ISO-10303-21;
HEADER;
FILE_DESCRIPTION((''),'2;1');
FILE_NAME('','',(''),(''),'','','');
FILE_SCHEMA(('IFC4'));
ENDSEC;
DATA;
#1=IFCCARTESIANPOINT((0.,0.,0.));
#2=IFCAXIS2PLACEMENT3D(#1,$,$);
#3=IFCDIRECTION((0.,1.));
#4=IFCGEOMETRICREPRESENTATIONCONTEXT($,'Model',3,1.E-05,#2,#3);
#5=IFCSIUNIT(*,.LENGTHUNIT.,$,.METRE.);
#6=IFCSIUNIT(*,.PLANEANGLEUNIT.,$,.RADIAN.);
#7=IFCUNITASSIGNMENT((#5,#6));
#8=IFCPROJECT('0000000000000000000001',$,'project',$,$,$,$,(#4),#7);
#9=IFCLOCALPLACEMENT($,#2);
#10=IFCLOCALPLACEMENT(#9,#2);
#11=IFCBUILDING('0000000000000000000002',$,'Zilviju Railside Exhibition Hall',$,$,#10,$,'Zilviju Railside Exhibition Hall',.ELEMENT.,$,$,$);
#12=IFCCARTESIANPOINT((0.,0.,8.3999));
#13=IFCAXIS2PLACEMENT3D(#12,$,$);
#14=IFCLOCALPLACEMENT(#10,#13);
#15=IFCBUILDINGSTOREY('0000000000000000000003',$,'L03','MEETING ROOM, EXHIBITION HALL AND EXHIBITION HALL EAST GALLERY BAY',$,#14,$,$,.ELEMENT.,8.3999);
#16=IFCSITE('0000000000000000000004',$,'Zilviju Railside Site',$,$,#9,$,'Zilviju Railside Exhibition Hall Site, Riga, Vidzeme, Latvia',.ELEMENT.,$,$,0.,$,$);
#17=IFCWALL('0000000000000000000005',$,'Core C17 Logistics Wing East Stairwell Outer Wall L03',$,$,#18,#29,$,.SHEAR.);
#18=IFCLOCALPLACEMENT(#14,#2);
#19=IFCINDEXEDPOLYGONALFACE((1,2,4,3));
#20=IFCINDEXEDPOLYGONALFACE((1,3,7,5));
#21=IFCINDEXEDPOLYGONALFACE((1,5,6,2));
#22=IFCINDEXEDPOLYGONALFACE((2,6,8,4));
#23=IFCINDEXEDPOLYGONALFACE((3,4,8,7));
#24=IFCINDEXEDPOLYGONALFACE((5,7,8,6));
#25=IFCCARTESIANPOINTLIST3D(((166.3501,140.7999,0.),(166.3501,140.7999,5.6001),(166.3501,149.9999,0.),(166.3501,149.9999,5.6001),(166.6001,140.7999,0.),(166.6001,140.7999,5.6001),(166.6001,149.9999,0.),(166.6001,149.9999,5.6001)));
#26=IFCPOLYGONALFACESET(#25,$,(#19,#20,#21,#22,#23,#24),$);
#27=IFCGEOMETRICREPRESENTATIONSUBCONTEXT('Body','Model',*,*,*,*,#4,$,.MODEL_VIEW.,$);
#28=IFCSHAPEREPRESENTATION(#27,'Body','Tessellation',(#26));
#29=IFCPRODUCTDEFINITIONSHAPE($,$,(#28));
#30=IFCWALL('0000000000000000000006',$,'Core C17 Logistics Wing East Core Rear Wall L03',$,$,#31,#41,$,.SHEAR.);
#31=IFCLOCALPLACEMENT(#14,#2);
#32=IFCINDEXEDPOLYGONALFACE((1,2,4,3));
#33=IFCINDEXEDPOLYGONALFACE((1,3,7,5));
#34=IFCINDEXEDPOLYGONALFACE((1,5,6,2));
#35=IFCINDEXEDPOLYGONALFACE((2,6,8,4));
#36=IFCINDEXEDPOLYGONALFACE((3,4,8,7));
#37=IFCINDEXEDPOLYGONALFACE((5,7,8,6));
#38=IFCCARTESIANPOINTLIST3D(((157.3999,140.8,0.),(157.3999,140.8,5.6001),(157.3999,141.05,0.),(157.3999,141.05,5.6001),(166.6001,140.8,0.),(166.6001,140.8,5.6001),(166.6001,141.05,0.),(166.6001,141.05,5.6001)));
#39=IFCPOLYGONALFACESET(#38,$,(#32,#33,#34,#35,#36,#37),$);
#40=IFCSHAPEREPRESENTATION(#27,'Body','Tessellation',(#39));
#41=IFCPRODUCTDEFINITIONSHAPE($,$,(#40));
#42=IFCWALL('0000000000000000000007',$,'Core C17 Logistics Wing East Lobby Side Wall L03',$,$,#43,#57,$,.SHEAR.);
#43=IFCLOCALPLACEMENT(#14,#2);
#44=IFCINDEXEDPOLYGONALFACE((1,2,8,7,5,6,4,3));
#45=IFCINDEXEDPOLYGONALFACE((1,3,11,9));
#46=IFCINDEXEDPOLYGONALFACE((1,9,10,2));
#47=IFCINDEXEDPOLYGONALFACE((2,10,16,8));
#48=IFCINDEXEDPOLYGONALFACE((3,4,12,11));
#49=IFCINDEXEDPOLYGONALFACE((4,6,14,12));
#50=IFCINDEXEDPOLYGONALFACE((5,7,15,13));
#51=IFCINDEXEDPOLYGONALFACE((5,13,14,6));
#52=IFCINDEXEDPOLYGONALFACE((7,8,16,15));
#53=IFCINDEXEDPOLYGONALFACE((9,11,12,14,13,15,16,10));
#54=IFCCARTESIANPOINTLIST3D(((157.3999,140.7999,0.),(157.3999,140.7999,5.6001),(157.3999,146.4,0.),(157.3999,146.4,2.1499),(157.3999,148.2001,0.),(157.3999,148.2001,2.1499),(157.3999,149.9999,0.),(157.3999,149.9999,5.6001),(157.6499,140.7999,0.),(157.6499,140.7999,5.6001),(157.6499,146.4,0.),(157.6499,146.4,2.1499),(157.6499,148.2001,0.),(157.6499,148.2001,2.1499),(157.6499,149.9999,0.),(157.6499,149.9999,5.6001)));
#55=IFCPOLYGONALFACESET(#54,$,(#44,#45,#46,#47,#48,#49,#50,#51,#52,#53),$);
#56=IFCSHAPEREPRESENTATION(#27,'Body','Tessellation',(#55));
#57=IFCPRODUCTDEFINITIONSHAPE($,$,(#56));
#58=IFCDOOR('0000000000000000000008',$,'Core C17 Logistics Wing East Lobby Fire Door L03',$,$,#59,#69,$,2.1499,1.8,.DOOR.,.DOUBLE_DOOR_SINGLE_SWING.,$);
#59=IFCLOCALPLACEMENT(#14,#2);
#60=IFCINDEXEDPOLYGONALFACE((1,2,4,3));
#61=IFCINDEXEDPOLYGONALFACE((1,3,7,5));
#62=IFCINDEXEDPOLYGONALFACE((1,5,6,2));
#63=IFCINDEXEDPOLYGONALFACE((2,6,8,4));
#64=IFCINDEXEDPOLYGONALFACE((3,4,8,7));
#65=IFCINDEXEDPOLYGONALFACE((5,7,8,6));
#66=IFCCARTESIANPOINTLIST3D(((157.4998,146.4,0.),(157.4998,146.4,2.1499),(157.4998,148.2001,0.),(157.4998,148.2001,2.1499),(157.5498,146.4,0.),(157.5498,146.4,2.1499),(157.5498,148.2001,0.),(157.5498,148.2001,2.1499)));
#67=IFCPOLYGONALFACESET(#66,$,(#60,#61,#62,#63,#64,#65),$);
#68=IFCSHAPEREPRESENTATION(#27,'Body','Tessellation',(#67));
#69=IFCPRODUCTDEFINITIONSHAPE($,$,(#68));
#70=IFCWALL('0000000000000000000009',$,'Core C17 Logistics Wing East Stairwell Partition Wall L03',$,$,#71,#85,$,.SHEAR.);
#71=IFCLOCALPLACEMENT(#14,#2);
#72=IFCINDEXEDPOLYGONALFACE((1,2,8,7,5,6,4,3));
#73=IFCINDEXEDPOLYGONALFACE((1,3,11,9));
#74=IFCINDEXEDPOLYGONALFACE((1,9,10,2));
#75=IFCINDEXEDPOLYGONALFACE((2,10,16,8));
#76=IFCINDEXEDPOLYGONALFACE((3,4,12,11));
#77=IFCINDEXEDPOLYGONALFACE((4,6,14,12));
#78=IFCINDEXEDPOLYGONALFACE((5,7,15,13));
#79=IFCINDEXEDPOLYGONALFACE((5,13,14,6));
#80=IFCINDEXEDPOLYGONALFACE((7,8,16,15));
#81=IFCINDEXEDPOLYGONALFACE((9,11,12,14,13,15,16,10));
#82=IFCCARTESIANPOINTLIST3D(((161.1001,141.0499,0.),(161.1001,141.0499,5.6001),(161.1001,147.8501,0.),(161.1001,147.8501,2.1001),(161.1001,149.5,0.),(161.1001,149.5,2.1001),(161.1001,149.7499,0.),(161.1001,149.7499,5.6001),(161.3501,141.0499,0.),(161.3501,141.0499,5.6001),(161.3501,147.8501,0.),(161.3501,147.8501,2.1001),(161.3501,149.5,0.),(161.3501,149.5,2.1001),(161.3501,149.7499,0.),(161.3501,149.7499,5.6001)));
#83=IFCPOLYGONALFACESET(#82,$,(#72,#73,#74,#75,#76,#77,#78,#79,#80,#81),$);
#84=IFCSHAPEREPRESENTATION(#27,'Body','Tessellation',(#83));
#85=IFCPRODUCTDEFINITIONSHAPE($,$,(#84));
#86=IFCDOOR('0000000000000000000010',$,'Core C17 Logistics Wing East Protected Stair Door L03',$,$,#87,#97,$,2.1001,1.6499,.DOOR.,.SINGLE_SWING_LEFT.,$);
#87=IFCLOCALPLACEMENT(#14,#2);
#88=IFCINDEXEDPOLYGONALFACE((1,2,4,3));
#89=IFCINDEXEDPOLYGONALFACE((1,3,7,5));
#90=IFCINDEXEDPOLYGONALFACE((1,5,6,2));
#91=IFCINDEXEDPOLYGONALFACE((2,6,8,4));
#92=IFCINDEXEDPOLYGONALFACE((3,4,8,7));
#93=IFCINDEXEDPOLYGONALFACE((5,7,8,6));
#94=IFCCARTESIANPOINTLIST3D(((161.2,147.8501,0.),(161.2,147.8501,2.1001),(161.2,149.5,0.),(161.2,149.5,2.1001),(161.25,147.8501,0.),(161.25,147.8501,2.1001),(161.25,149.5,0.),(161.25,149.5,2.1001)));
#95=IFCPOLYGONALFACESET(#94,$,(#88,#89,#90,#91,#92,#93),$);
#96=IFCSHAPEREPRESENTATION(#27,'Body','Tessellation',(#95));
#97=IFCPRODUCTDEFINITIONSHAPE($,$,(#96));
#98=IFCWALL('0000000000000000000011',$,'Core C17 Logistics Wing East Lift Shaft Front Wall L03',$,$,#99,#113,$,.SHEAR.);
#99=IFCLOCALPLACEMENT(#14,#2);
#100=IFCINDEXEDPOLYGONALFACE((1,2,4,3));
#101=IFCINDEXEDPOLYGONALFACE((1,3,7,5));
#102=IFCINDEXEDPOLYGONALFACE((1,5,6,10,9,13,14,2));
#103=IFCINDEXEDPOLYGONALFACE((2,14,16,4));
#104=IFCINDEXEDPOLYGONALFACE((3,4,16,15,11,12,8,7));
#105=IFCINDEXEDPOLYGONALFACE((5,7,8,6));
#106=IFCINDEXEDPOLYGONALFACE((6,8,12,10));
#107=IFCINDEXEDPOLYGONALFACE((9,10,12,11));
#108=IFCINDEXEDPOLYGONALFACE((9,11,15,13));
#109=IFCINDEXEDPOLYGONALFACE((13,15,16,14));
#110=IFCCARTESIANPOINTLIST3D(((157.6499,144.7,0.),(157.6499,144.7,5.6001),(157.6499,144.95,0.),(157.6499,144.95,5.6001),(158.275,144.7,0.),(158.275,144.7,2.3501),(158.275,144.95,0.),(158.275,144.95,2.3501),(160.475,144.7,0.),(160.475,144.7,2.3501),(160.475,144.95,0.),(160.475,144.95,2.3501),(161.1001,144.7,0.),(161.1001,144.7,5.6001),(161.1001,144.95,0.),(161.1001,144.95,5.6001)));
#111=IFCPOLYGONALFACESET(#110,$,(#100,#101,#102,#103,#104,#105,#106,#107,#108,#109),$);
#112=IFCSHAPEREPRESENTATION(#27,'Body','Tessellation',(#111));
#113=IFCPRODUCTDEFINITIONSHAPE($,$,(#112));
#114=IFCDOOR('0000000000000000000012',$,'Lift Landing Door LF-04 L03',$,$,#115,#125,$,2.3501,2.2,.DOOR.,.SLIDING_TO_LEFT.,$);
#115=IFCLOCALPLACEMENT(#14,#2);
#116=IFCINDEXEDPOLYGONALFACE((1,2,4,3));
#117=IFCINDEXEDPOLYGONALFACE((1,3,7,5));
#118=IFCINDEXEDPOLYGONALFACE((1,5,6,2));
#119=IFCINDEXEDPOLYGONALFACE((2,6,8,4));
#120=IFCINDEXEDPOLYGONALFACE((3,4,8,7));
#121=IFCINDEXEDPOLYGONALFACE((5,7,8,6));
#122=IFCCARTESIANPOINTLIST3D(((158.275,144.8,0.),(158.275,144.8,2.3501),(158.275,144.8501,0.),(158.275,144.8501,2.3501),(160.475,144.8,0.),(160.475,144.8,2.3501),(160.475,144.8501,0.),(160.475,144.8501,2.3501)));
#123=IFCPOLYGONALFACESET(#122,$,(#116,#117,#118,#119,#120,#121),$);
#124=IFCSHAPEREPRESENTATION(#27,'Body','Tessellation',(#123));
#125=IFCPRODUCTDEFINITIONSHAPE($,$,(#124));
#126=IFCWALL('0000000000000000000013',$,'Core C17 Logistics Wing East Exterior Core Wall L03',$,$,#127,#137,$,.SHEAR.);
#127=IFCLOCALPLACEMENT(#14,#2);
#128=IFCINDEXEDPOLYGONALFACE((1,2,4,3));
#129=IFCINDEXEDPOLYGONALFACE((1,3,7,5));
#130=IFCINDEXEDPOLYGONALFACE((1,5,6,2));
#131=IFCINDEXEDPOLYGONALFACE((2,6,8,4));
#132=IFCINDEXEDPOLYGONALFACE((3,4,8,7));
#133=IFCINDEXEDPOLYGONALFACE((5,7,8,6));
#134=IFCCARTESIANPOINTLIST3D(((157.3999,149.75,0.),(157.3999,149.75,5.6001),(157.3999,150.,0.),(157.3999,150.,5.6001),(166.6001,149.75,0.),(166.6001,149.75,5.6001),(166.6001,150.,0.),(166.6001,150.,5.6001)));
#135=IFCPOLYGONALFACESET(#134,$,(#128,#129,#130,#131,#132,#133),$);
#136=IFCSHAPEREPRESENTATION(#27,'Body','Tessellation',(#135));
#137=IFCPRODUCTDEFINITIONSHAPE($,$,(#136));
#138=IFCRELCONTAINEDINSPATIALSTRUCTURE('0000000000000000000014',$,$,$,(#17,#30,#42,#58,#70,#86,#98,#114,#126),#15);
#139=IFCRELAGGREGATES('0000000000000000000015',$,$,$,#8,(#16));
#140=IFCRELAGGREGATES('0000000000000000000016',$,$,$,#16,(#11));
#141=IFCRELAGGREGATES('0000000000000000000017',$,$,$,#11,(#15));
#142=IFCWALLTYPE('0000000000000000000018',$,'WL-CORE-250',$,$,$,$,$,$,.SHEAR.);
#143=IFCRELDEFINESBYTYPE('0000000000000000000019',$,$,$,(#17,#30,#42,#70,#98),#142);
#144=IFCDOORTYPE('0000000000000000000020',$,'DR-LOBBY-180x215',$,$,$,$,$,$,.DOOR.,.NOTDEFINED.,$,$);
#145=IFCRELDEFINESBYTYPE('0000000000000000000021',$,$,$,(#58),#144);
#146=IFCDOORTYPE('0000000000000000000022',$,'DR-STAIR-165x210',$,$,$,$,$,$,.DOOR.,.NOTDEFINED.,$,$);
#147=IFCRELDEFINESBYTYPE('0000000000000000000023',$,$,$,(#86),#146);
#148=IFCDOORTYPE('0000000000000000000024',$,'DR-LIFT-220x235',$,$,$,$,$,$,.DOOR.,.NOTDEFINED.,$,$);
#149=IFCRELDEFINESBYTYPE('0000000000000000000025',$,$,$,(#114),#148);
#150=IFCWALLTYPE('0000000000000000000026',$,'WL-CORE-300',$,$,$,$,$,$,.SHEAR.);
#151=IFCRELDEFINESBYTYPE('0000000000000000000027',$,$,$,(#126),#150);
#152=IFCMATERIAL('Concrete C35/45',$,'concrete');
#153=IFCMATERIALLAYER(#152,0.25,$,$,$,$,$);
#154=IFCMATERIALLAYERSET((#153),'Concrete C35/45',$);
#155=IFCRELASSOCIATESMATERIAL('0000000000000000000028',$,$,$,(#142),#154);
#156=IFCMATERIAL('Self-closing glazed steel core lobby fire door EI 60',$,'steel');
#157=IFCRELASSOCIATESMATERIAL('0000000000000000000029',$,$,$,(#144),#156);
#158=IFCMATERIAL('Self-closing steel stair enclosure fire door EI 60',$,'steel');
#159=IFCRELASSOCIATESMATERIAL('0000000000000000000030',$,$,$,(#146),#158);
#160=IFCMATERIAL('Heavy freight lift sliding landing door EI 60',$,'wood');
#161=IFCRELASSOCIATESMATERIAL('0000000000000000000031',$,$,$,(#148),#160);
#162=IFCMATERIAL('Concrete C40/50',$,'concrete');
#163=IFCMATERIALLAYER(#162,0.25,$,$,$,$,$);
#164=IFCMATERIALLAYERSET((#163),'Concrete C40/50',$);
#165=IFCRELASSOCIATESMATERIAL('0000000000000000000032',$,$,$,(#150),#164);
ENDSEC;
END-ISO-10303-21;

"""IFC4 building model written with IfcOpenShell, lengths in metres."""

from ifc_helpers import new_model, si_unit, direction, frame, frame_2d, origin, place, context, subcontext, project, spatial, rectangle, extrude, material, layer, layer_set, type_object, element, fill, save


model = new_model("IFC4")

# Units and contexts
model_context = context("Model", 3, precision=1e-05, world=origin(), true_north=direction((0.0, 1.0)))
body_context = subcontext(model_context, "Body", "Model", "MODEL_VIEW")
ifc_project = project(units=[si_unit("LENGTHUNIT", "METRE"), si_unit("PLANEANGLEUNIT", "RADIAN")], contexts=[model_context])

# Site, building, storey
site_placement = place(None, origin())
site = spatial("IfcSite", under=ifc_project, at=site_placement, Name="Zilviju Railside Site", LongName="Zilviju Railside Exhibition Hall Site, Riga, Vidzeme, Latvia", CompositionType="ELEMENT", RefElevation=0.0)
building_placement = place(site_placement, origin())
building = spatial("IfcBuilding", under=site, at=building_placement, Name="Zilviju Railside Exhibition Hall", LongName="Zilviju Railside Exhibition Hall", CompositionType="ELEMENT")
storey_placement = place(building_placement, frame((0.0, 0.0, 8.3999)))
storey = spatial("IfcBuildingStorey", under=building, at=storey_placement, Name="L03", Description="MEETING ROOM, EXHIBITION HALL AND EXHIBITION HALL EAST GALLERY BAY", CompositionType="ELEMENT", Elevation=8.3999)

# Walls
ifc_material_1 = material(Name="Concrete C35/45", Category="concrete")
ifc_layer_1 = layer(ifc_material_1, 0.25)
ifc_layer_set_1 = layer_set([ifc_layer_1], Name="Concrete C35/45")
wall_type_1 = type_object("IfcWallType", Name="WL-CORE-250", PredefinedType="SHEAR", material=ifc_layer_set_1)
wall_1_placement = place(storey_placement, frame((166.4751, 150.0, 0.0), z_axis=(0.0, 0.0, 1.0), x_axis=(0.0, -1.0, 0.0)))
element("IfcWall", 1, at=wall_1_placement, inside=storey, type_object=wall_type_1, Name="Core C17 Logistics Wing East Stairwell Outer Wall L03", PredefinedType="SHEAR", context=body_context, shape_type="SweptSolid", body=[
    extrude(rectangle(XDim=9.2, YDim=0.25, at=frame_2d((4.6001, 0.0))), origin(), (0.0, 0.0, 1.0), 5.6001),
])
wall_2_placement = place(storey_placement, frame((166.6001, 140.925, 0.0), z_axis=(0.0, 0.0, 1.0), x_axis=(-1.0, 0.0, 0.0)))
element("IfcWall", 2, at=wall_2_placement, inside=storey, type_object=wall_type_1, Name="Core C17 Logistics Wing East Core Rear Wall L03", PredefinedType="SHEAR", context=body_context, shape_type="SweptSolid", body=[
    extrude(rectangle(XDim=9.2002, YDim=0.25, at=frame_2d((4.6001, 0.0))), origin(), (0.0, 0.0, 1.0), 5.6001),
])

# Walls, openings, doors
wall_3_placement = place(storey_placement, frame((157.5249, 150.0, 0.0), z_axis=(0.0, 0.0, 1.0), x_axis=(0.0, -1.0, 0.0)))
wall_3 = element("IfcWall", 3, at=wall_3_placement, inside=storey, type_object=wall_type_1, Name="Core C17 Logistics Wing East Lobby Side Wall L03", PredefinedType="SHEAR", context=body_context, shape_type="SweptSolid", body=[
    extrude(rectangle(XDim=9.2, YDim=0.25, at=frame_2d((4.6001, 0.0))), origin(), (0.0, 0.0, 1.0), 5.6001),
])
opening_1_placement = place(wall_3_placement, frame((1.8, 0.0, 0.0)))
opening_1 = element("IfcOpeningElement", 4, at=opening_1_placement, cuts=wall_3, PredefinedType="OPENING", context=body_context, shape_type="SweptSolid", body=[
    extrude(rectangle(XDim=1.8, YDim=2.1499, at=frame_2d((0.8999, 1.075))), frame((0.0, 0.135, 0.0), z_axis=(0.0, -1.0, 0.0), x_axis=(1.0, 0.0, 0.0)), (0.0, 0.0, 1.0), 0.27),
])
ifc_material_2 = material(Name="Self-closing glazed steel core lobby fire door EI 60", Category="steel")
door_type_1 = type_object("IfcDoorType", Name="DR-LOBBY-180x215", OperationType="NOTDEFINED", PredefinedType="DOOR", material=ifc_material_2)
door_1_placement = place(opening_1_placement, origin())
door_1 = element("IfcDoor", 5, at=door_1_placement, inside=storey, type_object=door_type_1, Name="Core C17 Logistics Wing East Lobby Fire Door L03", OperationType="DOUBLE_DOOR_SINGLE_SWING", OverallHeight=2.1499, OverallWidth=1.8, PredefinedType="DOOR", context=body_context, shape_type="SweptSolid", body=[
    extrude(rectangle(XDim=1.8, YDim=2.1499, at=frame_2d((0.8999, 1.075))), frame((0.0, 0.0249, 0.0), z_axis=(0.0, -1.0, 0.0), x_axis=(1.0, 0.0, 0.0)), (0.0, 0.0, 1.0), 0.05),
])
fill(opening_1, door_1)
wall_4_placement = place(storey_placement, frame((161.2251, 149.75, 0.0), z_axis=(0.0, 0.0, 1.0), x_axis=(0.0, -1.0, 0.0)))
wall_4 = element("IfcWall", 6, at=wall_4_placement, inside=storey, type_object=wall_type_1, Name="Core C17 Logistics Wing East Stairwell Partition Wall L03", PredefinedType="SHEAR", context=body_context, shape_type="SweptSolid", body=[
    extrude(rectangle(XDim=8.7, YDim=0.25, at=frame_2d((4.3501, 0.0))), origin(), (0.0, 0.0, 1.0), 5.6001),
])
opening_2_placement = place(wall_4_placement, frame((0.25, 0.0, 0.0)))
opening_2 = element("IfcOpeningElement", 7, at=opening_2_placement, cuts=wall_4, PredefinedType="OPENING", context=body_context, shape_type="SweptSolid", body=[
    extrude(rectangle(XDim=1.6499, YDim=2.1001, at=frame_2d((0.825, 1.05))), frame((0.0, 0.135, 0.0), z_axis=(0.0, -1.0, 0.0), x_axis=(1.0, 0.0, 0.0)), (0.0, 0.0, 1.0), 0.27),
])
ifc_material_3 = material(Name="Self-closing steel stair enclosure fire door EI 60", Category="steel")
door_type_2 = type_object("IfcDoorType", Name="DR-STAIR-165x210", OperationType="NOTDEFINED", PredefinedType="DOOR", material=ifc_material_3)
door_2_placement = place(opening_2_placement, origin())
door_2 = element("IfcDoor", 8, at=door_2_placement, inside=storey, type_object=door_type_2, Name="Core C17 Logistics Wing East Protected Stair Door L03", OperationType="SINGLE_SWING_LEFT", OverallHeight=2.1001, OverallWidth=1.6499, PredefinedType="DOOR", context=body_context, shape_type="SweptSolid", body=[
    extrude(rectangle(XDim=1.6499, YDim=2.1001, at=frame_2d((0.825, 1.05))), frame((0.0, 0.0249, 0.0), z_axis=(0.0, -1.0, 0.0), x_axis=(1.0, 0.0, 0.0)), (0.0, 0.0, 1.0), 0.05),
])
fill(opening_2, door_2)
wall_5_placement = place(storey_placement, frame((161.1001, 144.825, 0.0), z_axis=(0.0, 0.0, 1.0), x_axis=(-1.0, 0.0, 0.0)))
wall_5 = element("IfcWall", 9, at=wall_5_placement, inside=storey, type_object=wall_type_1, Name="Core C17 Logistics Wing East Lift Shaft Front Wall L03", PredefinedType="SHEAR", context=body_context, shape_type="SweptSolid", body=[
    extrude(rectangle(XDim=3.4502, YDim=0.25, at=frame_2d((1.7251, 0.0))), origin(), (0.0, 0.0, 1.0), 5.6001),
])
opening_3_placement = place(wall_5_placement, frame((0.625, 0.0, 0.0)))
opening_3 = element("IfcOpeningElement", 10, at=opening_3_placement, cuts=wall_5, PredefinedType="OPENING", context=body_context, shape_type="SweptSolid", body=[
    extrude(rectangle(XDim=2.2, YDim=2.3501, at=frame_2d((1.1001, 1.175))), frame((0.0, 0.135, 0.0), z_axis=(0.0, -1.0, 0.0), x_axis=(1.0, 0.0, 0.0)), (0.0, 0.0, 1.0), 0.27),
])
ifc_material_4 = material(Name="Heavy freight lift sliding landing door EI 60", Category="wood")
door_type_3 = type_object("IfcDoorType", Name="DR-LIFT-220x235", OperationType="NOTDEFINED", PredefinedType="DOOR", material=ifc_material_4)
door_3_placement = place(opening_3_placement, origin())
door_3 = element("IfcDoor", 11, at=door_3_placement, inside=storey, type_object=door_type_3, Name="Lift Landing Door LF-04 L03", OperationType="SLIDING_TO_LEFT", OverallHeight=2.3501, OverallWidth=2.2, PredefinedType="DOOR", context=body_context, shape_type="SweptSolid", body=[
    extrude(rectangle(XDim=2.2, YDim=2.3501, at=frame_2d((1.1001, 1.175))), frame((0.0, 0.0249, 0.0), z_axis=(0.0, -1.0, 0.0), x_axis=(1.0, 0.0, 0.0)), (0.0, 0.0, 1.0), 0.05),
])
fill(opening_3, door_3)

# Wall
ifc_material_5 = material(Name="Concrete C40/50", Category="concrete")
ifc_layer_2 = layer(ifc_material_5, 0.25)
ifc_layer_set_2 = layer_set([ifc_layer_2], Name="Concrete C40/50")
wall_type_2 = type_object("IfcWallType", Name="WL-CORE-300", PredefinedType="SHEAR", material=ifc_layer_set_2)
wall_6_placement = place(storey_placement, frame((157.3999, 149.875, 0.0), z_axis=(0.0, 0.0, 1.0), x_axis=(1.0, 0.0, 0.0)))
element("IfcWall", 12, at=wall_6_placement, inside=storey, type_object=wall_type_2, Name="Core C17 Logistics Wing East Exterior Core Wall L03", PredefinedType="SHEAR", context=body_context, shape_type="SweptSolid", body=[
    extrude(rectangle(XDim=9.2002, YDim=0.25, at=frame_2d((4.6001, 0.0))), origin(), (0.0, 0.0, 1.0), 5.6001),
])

save(model, "model.ifc")
